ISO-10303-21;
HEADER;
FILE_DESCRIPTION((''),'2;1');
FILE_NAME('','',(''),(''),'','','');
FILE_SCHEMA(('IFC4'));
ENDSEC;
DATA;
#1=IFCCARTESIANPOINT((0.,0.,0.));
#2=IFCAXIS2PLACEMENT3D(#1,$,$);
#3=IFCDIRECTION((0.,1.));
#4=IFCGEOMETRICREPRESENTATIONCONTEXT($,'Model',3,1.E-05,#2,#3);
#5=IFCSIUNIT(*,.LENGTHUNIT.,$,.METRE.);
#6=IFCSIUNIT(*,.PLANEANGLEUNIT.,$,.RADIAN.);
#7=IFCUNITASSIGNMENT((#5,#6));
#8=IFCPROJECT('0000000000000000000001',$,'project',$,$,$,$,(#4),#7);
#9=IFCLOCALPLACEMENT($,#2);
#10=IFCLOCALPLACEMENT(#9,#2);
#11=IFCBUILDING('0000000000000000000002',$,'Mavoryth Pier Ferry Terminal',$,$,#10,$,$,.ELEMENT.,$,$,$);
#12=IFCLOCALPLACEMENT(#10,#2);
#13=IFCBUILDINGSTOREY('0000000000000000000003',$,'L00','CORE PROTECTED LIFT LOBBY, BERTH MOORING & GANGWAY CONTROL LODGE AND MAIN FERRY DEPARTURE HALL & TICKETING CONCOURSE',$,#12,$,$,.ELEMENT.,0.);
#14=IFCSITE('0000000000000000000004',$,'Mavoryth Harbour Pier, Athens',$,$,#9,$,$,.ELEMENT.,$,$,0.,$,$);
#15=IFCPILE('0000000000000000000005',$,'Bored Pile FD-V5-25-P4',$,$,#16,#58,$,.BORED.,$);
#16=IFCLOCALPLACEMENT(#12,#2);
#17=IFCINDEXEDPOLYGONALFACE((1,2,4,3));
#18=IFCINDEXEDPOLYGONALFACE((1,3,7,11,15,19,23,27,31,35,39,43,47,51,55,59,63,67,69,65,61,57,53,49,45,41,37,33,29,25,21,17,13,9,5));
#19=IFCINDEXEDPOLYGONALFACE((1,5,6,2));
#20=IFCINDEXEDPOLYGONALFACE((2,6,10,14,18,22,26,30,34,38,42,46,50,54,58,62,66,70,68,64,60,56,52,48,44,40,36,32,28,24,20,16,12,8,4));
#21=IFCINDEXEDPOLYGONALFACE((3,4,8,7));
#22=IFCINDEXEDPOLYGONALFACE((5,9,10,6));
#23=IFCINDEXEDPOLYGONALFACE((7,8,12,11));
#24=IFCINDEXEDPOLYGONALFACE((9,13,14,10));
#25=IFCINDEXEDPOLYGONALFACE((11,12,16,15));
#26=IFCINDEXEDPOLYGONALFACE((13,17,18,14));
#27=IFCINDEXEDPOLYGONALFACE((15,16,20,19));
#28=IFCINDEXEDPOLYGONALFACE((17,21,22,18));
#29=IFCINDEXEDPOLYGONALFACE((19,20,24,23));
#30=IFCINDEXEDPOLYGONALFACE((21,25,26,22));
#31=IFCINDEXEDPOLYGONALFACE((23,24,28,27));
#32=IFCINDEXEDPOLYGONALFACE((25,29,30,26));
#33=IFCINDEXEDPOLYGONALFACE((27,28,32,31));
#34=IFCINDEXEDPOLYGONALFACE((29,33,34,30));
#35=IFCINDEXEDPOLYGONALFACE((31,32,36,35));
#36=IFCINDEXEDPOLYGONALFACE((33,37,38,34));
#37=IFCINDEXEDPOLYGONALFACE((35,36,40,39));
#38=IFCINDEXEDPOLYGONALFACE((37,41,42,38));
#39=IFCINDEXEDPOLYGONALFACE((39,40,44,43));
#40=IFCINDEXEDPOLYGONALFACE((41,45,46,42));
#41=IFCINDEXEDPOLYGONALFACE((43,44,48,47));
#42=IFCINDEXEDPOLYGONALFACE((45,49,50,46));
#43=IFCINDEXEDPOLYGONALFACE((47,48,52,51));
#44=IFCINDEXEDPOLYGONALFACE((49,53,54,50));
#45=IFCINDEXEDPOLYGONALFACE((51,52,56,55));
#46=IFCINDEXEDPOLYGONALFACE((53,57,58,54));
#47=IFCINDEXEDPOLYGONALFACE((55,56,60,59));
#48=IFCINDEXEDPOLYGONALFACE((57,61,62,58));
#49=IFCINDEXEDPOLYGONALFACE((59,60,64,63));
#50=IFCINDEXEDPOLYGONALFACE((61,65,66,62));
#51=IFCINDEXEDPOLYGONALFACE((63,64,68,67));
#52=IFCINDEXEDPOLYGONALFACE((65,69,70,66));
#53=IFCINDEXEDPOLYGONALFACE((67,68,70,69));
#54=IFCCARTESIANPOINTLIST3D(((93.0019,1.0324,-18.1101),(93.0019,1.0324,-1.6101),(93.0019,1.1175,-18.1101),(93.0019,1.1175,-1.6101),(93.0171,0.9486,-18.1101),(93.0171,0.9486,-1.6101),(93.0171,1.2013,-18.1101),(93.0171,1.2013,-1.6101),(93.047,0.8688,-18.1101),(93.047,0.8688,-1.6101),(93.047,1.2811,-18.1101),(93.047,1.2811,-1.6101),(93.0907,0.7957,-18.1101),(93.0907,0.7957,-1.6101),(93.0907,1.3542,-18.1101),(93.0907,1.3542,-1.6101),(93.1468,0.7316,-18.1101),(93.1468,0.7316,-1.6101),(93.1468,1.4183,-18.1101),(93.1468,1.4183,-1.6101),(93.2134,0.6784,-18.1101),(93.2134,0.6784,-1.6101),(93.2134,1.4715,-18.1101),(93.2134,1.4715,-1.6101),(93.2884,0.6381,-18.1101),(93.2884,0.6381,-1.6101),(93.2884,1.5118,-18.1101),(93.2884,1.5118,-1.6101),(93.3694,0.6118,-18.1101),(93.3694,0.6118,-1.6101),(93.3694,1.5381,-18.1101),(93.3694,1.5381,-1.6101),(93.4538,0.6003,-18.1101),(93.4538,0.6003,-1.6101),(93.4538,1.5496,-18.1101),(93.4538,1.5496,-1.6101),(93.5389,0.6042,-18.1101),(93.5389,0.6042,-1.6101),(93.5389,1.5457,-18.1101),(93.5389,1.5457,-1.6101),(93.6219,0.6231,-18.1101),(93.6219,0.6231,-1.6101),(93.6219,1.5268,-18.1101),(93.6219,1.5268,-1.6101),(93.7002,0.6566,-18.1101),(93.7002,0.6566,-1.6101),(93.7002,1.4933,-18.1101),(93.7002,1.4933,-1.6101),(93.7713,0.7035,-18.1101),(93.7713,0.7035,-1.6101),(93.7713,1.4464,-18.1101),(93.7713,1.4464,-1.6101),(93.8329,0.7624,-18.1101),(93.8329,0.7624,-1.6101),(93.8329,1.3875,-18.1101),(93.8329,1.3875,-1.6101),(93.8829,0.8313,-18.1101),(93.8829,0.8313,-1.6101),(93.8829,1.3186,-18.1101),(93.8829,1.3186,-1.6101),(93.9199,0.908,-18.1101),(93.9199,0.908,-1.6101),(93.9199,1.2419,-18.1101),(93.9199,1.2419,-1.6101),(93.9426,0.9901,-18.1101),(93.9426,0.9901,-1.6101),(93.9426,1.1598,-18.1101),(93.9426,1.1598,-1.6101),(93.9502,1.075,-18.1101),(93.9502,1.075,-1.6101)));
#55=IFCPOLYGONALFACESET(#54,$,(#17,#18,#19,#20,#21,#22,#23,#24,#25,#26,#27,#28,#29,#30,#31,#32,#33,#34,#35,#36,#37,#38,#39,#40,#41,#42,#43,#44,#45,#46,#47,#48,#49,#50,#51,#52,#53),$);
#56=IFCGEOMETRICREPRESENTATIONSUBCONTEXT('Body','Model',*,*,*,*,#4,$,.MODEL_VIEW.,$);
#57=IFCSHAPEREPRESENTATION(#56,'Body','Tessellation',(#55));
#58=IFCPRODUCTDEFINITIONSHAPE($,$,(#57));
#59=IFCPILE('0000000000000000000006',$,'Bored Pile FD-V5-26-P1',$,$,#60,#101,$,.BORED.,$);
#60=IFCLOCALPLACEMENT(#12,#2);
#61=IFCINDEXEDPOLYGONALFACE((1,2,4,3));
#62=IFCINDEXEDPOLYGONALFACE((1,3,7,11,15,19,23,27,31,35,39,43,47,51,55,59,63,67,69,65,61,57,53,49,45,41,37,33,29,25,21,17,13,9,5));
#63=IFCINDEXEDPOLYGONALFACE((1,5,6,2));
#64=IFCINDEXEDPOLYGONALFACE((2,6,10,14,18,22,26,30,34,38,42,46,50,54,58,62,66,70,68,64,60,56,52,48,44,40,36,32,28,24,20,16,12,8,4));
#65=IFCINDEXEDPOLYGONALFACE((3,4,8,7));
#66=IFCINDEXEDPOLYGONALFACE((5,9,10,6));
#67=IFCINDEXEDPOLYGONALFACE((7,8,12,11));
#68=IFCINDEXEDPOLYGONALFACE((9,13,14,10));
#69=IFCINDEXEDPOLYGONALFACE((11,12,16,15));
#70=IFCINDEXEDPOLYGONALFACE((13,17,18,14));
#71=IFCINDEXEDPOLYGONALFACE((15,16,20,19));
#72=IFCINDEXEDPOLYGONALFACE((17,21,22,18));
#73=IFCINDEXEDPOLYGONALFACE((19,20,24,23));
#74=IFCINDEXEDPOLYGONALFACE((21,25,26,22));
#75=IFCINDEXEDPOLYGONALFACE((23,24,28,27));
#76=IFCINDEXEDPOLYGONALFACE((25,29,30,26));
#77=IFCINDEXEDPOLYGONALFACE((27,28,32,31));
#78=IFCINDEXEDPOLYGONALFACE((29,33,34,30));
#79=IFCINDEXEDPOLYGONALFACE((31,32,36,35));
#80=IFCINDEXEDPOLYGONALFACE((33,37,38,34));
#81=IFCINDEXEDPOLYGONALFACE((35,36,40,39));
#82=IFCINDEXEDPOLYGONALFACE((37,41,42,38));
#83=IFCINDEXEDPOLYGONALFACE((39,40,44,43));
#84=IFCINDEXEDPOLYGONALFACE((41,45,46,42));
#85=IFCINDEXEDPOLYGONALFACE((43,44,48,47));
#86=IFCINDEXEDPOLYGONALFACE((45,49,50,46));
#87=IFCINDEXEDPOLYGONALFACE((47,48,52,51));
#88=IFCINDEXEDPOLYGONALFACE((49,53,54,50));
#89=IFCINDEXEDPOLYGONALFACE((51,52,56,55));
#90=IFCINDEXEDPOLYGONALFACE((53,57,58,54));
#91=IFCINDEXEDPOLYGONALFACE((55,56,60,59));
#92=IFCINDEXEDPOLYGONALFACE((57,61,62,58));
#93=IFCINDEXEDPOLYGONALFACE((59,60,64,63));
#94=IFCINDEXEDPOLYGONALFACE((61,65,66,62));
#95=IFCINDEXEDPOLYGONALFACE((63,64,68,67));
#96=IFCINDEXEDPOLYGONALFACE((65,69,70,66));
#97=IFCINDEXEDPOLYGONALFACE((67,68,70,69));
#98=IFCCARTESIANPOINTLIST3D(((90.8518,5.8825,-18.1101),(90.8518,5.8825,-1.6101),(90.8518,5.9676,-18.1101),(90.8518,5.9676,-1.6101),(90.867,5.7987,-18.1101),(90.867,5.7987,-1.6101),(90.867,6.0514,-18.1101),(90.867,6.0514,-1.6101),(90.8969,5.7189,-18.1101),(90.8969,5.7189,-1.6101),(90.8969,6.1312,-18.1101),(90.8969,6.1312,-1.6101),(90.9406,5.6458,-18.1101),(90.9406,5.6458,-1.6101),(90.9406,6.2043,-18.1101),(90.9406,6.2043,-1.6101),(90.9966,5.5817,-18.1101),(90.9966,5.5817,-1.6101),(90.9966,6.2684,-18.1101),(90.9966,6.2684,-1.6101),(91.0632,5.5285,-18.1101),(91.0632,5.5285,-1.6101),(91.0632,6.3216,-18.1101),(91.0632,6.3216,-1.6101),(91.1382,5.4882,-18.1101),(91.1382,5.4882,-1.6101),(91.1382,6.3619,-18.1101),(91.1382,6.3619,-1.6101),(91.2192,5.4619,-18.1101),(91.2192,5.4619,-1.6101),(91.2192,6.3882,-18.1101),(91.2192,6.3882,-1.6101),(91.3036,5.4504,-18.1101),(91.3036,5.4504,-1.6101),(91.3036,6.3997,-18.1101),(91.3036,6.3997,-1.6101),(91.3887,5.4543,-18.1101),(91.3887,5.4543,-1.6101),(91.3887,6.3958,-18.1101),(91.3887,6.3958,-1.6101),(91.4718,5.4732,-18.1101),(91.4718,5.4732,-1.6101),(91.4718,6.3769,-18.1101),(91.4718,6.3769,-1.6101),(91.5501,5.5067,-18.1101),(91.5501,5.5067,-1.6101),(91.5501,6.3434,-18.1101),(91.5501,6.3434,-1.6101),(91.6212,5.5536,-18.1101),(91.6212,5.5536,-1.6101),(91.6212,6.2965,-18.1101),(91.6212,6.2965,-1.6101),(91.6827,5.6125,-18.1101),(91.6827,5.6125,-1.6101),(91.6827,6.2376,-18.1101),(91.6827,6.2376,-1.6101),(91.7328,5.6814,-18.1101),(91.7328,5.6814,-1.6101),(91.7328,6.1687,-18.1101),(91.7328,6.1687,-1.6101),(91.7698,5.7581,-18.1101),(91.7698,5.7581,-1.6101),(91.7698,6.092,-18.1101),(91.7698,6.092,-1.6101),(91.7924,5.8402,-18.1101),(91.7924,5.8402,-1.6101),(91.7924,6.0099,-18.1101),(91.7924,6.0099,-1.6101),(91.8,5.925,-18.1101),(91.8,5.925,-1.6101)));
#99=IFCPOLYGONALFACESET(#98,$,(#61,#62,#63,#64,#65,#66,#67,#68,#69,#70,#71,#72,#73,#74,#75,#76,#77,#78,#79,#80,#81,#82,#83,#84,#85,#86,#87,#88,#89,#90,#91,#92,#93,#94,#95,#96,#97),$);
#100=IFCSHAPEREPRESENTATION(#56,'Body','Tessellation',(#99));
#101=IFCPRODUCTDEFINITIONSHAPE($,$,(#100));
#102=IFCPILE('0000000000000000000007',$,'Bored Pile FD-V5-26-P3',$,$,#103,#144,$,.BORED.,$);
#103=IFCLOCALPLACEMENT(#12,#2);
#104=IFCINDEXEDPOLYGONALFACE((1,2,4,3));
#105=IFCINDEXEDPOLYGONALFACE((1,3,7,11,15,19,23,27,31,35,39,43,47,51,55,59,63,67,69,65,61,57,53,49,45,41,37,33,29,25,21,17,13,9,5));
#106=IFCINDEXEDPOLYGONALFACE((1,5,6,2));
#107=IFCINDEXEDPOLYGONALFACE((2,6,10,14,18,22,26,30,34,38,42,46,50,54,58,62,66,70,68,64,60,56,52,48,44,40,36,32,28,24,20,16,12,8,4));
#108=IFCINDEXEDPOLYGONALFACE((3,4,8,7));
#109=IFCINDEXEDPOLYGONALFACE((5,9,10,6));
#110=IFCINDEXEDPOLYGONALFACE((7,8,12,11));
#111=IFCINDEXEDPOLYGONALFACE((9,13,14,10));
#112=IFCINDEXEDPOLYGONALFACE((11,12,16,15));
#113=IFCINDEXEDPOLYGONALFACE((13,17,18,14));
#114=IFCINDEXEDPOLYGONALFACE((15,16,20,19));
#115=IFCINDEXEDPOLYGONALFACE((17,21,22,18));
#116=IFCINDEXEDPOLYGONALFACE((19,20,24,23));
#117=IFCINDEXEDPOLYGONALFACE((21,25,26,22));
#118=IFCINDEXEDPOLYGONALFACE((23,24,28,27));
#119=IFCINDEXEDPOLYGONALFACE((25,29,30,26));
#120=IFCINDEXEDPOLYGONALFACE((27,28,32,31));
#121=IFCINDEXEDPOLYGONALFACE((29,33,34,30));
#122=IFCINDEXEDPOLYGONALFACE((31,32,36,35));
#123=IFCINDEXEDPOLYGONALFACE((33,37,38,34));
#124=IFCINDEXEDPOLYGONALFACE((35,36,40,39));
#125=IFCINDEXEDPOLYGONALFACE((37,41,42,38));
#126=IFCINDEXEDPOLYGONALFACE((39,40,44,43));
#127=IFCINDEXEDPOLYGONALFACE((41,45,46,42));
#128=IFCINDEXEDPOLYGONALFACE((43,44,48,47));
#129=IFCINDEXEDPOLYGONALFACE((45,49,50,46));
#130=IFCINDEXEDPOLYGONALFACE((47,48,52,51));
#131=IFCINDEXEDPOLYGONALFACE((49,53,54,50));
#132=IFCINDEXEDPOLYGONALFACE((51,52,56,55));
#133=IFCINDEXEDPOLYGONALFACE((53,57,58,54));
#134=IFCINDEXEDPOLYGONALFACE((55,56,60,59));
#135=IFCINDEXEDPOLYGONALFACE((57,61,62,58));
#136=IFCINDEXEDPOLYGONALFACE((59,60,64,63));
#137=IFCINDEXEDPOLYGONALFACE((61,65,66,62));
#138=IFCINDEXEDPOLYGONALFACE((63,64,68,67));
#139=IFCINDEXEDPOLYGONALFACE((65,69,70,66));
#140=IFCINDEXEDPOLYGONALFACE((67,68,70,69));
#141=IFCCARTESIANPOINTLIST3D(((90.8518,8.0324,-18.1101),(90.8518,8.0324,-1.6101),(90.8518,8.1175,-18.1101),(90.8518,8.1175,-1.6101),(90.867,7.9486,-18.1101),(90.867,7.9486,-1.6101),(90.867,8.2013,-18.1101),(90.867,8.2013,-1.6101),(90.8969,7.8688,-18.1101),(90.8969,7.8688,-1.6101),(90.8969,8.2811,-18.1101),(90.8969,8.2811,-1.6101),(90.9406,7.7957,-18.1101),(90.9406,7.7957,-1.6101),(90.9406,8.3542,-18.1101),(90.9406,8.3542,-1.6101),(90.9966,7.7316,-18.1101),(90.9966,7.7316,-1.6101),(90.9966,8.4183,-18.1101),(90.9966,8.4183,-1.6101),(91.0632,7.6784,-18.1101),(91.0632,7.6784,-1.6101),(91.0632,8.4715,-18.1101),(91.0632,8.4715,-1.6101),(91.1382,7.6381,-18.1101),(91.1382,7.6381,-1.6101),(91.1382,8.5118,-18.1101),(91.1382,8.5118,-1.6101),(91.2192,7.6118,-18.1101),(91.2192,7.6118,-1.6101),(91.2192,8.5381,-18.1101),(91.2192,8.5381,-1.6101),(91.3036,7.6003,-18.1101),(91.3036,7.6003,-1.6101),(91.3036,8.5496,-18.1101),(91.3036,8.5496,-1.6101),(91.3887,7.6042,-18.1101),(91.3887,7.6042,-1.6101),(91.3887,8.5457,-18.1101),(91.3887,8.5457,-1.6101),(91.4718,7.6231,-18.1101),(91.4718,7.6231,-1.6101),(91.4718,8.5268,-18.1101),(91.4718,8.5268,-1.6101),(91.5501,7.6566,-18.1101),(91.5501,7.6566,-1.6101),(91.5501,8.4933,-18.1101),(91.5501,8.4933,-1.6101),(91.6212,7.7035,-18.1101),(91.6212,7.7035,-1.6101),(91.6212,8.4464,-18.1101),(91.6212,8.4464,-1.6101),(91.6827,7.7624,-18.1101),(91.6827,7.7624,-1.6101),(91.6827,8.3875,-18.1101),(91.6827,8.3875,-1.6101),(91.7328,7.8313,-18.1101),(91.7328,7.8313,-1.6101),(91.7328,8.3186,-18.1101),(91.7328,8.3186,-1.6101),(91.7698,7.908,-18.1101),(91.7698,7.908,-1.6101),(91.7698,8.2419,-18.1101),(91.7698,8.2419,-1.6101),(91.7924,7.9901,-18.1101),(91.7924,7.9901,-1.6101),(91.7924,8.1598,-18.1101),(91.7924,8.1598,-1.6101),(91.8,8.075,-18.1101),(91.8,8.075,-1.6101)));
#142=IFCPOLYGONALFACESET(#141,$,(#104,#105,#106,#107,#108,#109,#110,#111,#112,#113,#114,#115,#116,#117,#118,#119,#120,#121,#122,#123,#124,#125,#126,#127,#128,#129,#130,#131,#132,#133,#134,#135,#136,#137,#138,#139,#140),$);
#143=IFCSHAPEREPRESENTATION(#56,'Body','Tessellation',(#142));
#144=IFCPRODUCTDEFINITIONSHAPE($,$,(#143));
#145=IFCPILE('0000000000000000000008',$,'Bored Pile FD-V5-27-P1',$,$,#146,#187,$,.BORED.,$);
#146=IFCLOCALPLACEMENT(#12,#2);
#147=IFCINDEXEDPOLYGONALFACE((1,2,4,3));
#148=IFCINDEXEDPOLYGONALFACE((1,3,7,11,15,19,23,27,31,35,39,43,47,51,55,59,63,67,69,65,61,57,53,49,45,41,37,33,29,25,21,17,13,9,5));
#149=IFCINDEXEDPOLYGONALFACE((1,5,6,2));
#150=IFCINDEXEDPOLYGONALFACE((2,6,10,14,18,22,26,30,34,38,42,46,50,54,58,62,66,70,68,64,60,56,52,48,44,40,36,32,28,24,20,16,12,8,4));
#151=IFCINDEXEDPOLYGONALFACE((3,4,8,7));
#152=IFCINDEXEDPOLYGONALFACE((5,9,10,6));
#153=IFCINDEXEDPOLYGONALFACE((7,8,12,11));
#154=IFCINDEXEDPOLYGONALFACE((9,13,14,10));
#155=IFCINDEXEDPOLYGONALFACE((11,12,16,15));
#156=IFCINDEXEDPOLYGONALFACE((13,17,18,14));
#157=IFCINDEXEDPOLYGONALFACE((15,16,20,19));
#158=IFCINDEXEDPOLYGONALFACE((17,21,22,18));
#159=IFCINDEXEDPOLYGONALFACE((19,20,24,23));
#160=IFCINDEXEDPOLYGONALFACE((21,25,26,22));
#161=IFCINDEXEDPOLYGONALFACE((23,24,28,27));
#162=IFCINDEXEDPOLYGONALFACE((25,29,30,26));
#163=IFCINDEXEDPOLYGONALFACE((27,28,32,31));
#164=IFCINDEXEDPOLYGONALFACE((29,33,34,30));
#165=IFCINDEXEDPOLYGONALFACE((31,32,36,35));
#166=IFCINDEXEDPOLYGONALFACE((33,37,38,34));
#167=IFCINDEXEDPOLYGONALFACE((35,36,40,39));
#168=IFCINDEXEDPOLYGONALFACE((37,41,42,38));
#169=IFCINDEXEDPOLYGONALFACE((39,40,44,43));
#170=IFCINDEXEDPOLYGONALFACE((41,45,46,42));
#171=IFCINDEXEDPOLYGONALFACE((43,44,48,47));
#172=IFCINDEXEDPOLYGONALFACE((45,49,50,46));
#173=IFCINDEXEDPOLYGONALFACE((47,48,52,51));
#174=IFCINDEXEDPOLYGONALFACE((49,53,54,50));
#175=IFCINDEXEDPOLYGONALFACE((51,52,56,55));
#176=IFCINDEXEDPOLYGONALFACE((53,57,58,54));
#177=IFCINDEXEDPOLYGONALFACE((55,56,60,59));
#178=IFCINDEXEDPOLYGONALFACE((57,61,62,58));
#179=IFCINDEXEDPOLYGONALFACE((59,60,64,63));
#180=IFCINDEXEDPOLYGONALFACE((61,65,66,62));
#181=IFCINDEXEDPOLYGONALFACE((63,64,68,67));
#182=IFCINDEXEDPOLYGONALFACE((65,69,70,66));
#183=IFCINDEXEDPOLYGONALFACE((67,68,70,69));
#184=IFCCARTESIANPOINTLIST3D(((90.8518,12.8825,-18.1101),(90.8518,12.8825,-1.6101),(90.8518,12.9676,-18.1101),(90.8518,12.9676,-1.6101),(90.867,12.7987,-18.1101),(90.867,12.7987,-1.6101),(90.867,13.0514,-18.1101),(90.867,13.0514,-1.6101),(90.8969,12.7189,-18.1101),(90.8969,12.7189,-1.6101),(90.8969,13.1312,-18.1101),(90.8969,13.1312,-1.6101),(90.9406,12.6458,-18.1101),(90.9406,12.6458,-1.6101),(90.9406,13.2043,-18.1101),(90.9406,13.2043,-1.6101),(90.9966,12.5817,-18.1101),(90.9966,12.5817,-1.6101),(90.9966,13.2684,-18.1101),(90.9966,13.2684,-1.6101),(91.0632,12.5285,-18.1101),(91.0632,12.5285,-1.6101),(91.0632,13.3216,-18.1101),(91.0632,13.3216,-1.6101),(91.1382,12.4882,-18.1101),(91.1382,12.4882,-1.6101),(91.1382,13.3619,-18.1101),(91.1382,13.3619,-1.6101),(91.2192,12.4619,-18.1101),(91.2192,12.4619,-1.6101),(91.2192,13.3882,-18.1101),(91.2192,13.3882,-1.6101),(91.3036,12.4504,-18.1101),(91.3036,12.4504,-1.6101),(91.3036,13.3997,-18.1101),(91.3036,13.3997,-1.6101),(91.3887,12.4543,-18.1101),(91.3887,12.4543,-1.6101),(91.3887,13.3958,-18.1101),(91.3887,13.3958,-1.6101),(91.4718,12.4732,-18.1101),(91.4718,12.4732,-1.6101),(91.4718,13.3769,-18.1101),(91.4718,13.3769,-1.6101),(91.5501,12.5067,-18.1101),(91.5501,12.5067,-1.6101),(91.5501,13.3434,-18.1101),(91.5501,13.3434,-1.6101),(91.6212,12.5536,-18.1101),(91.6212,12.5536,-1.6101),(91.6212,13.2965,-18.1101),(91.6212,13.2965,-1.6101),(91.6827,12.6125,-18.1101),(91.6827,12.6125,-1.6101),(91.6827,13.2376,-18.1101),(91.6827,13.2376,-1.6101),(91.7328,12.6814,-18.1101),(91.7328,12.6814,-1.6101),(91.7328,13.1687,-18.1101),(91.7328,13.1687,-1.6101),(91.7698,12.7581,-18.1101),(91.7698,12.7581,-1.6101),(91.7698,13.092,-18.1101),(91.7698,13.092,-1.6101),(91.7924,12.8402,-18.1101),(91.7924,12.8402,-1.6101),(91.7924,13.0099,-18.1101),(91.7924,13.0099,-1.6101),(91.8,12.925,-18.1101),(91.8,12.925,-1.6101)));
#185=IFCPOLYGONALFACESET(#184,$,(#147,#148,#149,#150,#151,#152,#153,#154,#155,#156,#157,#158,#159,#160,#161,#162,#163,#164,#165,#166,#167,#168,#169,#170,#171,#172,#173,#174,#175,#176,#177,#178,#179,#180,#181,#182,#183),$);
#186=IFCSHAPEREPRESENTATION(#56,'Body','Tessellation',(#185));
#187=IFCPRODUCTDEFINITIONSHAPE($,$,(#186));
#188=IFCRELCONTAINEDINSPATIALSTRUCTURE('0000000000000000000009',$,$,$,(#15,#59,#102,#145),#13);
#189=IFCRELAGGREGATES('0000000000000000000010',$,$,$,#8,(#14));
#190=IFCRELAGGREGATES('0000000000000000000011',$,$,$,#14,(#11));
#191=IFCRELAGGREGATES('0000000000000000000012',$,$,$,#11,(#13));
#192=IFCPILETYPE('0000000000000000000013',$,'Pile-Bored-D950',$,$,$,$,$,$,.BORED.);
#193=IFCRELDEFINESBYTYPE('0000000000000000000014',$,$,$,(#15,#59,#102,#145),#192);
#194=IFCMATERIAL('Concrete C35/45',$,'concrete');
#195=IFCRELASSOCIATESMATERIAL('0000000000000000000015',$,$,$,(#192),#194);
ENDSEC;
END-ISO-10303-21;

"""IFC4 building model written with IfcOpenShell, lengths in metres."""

from ifc_helpers import new_model, si_unit, direction, frame, origin, origin_2d, place, context, subcontext, project, spatial, circle, extrude, material, material_profile, profile_set, type_object, element, save


model = new_model("IFC4")

# Units and contexts
model_context = context("Model", 3, precision=1e-05, world=origin(), true_north=direction((0.0, 1.0)))
body_context = subcontext(model_context, "Body", "Model", "MODEL_VIEW")
ifc_project = project(units=[si_unit("LENGTHUNIT", "METRE"), si_unit("PLANEANGLEUNIT", "RADIAN")], contexts=[model_context])

# Site, building, storey
site_placement = place(None, origin())
site = spatial("IfcSite", under=ifc_project, at=site_placement, Name="Mavoryth Harbour Pier, Athens", CompositionType="ELEMENT", RefElevation=0.0)
building_placement = place(site_placement, origin())
building = spatial("IfcBuilding", under=site, at=building_placement, Name="Mavoryth Pier Ferry Terminal", CompositionType="ELEMENT")
storey_placement = place(building_placement, origin())
storey = spatial("IfcBuildingStorey", under=building, at=storey_placement, Name="L00", Description="CORE PROTECTED LIFT LOBBY, BERTH MOORING & GANGWAY CONTROL LODGE AND MAIN FERRY DEPARTURE HALL & TICKETING CONCOURSE", CompositionType="ELEMENT", Elevation=0.0)

# Shared definitions
ifc_material_1 = material(Name="Concrete C35/45", Category="concrete")

# Piles
ifc_material_profile_1 = material_profile(ifc_material_1, circle(Radius=0.4751, at=origin_2d()), Name="PILE D950", Category="concrete")
ifc_profile_set_1 = profile_set([ifc_material_profile_1], Name="Concrete C35/45 - PILE D950")
pile_type = type_object("IfcPileType", Name="Pile-Bored-D950", PredefinedType="BORED", material=ifc_profile_set_1)
for number, where, z_axis, x_axis, name in (
    (1, (93.4751, 1.075, -1.6101), (0.0, 0.0, -1.0), (1.0, 0.0, 0.0), "Bored Pile FD-V5-25-P4"),
    (2, (91.325, 5.925, -1.6101), (0.0, 0.0, -1.0), (1.0, 0.0, 0.0), "Bored Pile FD-V5-26-P1"),
    (3, (91.325, 8.075, -1.6101), (0.0, 0.0, -1.0), (1.0, 0.0, 0.0), "Bored Pile FD-V5-26-P3"),
    (4, (91.325, 12.925, -1.6101), (0.0, 0.0, -1.0), (1.0, 0.0, 0.0), "Bored Pile FD-V5-27-P1"),
):
    element("IfcPile", number, at=place(storey_placement, frame(where, z_axis=z_axis, x_axis=x_axis)), inside=storey, type_object=pile_type, Name=name, PredefinedType="BORED", context=body_context, shape_type="SweptSolid", body=[
        extrude(circle(Radius=0.4751, at=origin_2d()), origin(), (0.0, 0.0, 1.0), 16.5),
    ])

save(model, "model.ifc")
